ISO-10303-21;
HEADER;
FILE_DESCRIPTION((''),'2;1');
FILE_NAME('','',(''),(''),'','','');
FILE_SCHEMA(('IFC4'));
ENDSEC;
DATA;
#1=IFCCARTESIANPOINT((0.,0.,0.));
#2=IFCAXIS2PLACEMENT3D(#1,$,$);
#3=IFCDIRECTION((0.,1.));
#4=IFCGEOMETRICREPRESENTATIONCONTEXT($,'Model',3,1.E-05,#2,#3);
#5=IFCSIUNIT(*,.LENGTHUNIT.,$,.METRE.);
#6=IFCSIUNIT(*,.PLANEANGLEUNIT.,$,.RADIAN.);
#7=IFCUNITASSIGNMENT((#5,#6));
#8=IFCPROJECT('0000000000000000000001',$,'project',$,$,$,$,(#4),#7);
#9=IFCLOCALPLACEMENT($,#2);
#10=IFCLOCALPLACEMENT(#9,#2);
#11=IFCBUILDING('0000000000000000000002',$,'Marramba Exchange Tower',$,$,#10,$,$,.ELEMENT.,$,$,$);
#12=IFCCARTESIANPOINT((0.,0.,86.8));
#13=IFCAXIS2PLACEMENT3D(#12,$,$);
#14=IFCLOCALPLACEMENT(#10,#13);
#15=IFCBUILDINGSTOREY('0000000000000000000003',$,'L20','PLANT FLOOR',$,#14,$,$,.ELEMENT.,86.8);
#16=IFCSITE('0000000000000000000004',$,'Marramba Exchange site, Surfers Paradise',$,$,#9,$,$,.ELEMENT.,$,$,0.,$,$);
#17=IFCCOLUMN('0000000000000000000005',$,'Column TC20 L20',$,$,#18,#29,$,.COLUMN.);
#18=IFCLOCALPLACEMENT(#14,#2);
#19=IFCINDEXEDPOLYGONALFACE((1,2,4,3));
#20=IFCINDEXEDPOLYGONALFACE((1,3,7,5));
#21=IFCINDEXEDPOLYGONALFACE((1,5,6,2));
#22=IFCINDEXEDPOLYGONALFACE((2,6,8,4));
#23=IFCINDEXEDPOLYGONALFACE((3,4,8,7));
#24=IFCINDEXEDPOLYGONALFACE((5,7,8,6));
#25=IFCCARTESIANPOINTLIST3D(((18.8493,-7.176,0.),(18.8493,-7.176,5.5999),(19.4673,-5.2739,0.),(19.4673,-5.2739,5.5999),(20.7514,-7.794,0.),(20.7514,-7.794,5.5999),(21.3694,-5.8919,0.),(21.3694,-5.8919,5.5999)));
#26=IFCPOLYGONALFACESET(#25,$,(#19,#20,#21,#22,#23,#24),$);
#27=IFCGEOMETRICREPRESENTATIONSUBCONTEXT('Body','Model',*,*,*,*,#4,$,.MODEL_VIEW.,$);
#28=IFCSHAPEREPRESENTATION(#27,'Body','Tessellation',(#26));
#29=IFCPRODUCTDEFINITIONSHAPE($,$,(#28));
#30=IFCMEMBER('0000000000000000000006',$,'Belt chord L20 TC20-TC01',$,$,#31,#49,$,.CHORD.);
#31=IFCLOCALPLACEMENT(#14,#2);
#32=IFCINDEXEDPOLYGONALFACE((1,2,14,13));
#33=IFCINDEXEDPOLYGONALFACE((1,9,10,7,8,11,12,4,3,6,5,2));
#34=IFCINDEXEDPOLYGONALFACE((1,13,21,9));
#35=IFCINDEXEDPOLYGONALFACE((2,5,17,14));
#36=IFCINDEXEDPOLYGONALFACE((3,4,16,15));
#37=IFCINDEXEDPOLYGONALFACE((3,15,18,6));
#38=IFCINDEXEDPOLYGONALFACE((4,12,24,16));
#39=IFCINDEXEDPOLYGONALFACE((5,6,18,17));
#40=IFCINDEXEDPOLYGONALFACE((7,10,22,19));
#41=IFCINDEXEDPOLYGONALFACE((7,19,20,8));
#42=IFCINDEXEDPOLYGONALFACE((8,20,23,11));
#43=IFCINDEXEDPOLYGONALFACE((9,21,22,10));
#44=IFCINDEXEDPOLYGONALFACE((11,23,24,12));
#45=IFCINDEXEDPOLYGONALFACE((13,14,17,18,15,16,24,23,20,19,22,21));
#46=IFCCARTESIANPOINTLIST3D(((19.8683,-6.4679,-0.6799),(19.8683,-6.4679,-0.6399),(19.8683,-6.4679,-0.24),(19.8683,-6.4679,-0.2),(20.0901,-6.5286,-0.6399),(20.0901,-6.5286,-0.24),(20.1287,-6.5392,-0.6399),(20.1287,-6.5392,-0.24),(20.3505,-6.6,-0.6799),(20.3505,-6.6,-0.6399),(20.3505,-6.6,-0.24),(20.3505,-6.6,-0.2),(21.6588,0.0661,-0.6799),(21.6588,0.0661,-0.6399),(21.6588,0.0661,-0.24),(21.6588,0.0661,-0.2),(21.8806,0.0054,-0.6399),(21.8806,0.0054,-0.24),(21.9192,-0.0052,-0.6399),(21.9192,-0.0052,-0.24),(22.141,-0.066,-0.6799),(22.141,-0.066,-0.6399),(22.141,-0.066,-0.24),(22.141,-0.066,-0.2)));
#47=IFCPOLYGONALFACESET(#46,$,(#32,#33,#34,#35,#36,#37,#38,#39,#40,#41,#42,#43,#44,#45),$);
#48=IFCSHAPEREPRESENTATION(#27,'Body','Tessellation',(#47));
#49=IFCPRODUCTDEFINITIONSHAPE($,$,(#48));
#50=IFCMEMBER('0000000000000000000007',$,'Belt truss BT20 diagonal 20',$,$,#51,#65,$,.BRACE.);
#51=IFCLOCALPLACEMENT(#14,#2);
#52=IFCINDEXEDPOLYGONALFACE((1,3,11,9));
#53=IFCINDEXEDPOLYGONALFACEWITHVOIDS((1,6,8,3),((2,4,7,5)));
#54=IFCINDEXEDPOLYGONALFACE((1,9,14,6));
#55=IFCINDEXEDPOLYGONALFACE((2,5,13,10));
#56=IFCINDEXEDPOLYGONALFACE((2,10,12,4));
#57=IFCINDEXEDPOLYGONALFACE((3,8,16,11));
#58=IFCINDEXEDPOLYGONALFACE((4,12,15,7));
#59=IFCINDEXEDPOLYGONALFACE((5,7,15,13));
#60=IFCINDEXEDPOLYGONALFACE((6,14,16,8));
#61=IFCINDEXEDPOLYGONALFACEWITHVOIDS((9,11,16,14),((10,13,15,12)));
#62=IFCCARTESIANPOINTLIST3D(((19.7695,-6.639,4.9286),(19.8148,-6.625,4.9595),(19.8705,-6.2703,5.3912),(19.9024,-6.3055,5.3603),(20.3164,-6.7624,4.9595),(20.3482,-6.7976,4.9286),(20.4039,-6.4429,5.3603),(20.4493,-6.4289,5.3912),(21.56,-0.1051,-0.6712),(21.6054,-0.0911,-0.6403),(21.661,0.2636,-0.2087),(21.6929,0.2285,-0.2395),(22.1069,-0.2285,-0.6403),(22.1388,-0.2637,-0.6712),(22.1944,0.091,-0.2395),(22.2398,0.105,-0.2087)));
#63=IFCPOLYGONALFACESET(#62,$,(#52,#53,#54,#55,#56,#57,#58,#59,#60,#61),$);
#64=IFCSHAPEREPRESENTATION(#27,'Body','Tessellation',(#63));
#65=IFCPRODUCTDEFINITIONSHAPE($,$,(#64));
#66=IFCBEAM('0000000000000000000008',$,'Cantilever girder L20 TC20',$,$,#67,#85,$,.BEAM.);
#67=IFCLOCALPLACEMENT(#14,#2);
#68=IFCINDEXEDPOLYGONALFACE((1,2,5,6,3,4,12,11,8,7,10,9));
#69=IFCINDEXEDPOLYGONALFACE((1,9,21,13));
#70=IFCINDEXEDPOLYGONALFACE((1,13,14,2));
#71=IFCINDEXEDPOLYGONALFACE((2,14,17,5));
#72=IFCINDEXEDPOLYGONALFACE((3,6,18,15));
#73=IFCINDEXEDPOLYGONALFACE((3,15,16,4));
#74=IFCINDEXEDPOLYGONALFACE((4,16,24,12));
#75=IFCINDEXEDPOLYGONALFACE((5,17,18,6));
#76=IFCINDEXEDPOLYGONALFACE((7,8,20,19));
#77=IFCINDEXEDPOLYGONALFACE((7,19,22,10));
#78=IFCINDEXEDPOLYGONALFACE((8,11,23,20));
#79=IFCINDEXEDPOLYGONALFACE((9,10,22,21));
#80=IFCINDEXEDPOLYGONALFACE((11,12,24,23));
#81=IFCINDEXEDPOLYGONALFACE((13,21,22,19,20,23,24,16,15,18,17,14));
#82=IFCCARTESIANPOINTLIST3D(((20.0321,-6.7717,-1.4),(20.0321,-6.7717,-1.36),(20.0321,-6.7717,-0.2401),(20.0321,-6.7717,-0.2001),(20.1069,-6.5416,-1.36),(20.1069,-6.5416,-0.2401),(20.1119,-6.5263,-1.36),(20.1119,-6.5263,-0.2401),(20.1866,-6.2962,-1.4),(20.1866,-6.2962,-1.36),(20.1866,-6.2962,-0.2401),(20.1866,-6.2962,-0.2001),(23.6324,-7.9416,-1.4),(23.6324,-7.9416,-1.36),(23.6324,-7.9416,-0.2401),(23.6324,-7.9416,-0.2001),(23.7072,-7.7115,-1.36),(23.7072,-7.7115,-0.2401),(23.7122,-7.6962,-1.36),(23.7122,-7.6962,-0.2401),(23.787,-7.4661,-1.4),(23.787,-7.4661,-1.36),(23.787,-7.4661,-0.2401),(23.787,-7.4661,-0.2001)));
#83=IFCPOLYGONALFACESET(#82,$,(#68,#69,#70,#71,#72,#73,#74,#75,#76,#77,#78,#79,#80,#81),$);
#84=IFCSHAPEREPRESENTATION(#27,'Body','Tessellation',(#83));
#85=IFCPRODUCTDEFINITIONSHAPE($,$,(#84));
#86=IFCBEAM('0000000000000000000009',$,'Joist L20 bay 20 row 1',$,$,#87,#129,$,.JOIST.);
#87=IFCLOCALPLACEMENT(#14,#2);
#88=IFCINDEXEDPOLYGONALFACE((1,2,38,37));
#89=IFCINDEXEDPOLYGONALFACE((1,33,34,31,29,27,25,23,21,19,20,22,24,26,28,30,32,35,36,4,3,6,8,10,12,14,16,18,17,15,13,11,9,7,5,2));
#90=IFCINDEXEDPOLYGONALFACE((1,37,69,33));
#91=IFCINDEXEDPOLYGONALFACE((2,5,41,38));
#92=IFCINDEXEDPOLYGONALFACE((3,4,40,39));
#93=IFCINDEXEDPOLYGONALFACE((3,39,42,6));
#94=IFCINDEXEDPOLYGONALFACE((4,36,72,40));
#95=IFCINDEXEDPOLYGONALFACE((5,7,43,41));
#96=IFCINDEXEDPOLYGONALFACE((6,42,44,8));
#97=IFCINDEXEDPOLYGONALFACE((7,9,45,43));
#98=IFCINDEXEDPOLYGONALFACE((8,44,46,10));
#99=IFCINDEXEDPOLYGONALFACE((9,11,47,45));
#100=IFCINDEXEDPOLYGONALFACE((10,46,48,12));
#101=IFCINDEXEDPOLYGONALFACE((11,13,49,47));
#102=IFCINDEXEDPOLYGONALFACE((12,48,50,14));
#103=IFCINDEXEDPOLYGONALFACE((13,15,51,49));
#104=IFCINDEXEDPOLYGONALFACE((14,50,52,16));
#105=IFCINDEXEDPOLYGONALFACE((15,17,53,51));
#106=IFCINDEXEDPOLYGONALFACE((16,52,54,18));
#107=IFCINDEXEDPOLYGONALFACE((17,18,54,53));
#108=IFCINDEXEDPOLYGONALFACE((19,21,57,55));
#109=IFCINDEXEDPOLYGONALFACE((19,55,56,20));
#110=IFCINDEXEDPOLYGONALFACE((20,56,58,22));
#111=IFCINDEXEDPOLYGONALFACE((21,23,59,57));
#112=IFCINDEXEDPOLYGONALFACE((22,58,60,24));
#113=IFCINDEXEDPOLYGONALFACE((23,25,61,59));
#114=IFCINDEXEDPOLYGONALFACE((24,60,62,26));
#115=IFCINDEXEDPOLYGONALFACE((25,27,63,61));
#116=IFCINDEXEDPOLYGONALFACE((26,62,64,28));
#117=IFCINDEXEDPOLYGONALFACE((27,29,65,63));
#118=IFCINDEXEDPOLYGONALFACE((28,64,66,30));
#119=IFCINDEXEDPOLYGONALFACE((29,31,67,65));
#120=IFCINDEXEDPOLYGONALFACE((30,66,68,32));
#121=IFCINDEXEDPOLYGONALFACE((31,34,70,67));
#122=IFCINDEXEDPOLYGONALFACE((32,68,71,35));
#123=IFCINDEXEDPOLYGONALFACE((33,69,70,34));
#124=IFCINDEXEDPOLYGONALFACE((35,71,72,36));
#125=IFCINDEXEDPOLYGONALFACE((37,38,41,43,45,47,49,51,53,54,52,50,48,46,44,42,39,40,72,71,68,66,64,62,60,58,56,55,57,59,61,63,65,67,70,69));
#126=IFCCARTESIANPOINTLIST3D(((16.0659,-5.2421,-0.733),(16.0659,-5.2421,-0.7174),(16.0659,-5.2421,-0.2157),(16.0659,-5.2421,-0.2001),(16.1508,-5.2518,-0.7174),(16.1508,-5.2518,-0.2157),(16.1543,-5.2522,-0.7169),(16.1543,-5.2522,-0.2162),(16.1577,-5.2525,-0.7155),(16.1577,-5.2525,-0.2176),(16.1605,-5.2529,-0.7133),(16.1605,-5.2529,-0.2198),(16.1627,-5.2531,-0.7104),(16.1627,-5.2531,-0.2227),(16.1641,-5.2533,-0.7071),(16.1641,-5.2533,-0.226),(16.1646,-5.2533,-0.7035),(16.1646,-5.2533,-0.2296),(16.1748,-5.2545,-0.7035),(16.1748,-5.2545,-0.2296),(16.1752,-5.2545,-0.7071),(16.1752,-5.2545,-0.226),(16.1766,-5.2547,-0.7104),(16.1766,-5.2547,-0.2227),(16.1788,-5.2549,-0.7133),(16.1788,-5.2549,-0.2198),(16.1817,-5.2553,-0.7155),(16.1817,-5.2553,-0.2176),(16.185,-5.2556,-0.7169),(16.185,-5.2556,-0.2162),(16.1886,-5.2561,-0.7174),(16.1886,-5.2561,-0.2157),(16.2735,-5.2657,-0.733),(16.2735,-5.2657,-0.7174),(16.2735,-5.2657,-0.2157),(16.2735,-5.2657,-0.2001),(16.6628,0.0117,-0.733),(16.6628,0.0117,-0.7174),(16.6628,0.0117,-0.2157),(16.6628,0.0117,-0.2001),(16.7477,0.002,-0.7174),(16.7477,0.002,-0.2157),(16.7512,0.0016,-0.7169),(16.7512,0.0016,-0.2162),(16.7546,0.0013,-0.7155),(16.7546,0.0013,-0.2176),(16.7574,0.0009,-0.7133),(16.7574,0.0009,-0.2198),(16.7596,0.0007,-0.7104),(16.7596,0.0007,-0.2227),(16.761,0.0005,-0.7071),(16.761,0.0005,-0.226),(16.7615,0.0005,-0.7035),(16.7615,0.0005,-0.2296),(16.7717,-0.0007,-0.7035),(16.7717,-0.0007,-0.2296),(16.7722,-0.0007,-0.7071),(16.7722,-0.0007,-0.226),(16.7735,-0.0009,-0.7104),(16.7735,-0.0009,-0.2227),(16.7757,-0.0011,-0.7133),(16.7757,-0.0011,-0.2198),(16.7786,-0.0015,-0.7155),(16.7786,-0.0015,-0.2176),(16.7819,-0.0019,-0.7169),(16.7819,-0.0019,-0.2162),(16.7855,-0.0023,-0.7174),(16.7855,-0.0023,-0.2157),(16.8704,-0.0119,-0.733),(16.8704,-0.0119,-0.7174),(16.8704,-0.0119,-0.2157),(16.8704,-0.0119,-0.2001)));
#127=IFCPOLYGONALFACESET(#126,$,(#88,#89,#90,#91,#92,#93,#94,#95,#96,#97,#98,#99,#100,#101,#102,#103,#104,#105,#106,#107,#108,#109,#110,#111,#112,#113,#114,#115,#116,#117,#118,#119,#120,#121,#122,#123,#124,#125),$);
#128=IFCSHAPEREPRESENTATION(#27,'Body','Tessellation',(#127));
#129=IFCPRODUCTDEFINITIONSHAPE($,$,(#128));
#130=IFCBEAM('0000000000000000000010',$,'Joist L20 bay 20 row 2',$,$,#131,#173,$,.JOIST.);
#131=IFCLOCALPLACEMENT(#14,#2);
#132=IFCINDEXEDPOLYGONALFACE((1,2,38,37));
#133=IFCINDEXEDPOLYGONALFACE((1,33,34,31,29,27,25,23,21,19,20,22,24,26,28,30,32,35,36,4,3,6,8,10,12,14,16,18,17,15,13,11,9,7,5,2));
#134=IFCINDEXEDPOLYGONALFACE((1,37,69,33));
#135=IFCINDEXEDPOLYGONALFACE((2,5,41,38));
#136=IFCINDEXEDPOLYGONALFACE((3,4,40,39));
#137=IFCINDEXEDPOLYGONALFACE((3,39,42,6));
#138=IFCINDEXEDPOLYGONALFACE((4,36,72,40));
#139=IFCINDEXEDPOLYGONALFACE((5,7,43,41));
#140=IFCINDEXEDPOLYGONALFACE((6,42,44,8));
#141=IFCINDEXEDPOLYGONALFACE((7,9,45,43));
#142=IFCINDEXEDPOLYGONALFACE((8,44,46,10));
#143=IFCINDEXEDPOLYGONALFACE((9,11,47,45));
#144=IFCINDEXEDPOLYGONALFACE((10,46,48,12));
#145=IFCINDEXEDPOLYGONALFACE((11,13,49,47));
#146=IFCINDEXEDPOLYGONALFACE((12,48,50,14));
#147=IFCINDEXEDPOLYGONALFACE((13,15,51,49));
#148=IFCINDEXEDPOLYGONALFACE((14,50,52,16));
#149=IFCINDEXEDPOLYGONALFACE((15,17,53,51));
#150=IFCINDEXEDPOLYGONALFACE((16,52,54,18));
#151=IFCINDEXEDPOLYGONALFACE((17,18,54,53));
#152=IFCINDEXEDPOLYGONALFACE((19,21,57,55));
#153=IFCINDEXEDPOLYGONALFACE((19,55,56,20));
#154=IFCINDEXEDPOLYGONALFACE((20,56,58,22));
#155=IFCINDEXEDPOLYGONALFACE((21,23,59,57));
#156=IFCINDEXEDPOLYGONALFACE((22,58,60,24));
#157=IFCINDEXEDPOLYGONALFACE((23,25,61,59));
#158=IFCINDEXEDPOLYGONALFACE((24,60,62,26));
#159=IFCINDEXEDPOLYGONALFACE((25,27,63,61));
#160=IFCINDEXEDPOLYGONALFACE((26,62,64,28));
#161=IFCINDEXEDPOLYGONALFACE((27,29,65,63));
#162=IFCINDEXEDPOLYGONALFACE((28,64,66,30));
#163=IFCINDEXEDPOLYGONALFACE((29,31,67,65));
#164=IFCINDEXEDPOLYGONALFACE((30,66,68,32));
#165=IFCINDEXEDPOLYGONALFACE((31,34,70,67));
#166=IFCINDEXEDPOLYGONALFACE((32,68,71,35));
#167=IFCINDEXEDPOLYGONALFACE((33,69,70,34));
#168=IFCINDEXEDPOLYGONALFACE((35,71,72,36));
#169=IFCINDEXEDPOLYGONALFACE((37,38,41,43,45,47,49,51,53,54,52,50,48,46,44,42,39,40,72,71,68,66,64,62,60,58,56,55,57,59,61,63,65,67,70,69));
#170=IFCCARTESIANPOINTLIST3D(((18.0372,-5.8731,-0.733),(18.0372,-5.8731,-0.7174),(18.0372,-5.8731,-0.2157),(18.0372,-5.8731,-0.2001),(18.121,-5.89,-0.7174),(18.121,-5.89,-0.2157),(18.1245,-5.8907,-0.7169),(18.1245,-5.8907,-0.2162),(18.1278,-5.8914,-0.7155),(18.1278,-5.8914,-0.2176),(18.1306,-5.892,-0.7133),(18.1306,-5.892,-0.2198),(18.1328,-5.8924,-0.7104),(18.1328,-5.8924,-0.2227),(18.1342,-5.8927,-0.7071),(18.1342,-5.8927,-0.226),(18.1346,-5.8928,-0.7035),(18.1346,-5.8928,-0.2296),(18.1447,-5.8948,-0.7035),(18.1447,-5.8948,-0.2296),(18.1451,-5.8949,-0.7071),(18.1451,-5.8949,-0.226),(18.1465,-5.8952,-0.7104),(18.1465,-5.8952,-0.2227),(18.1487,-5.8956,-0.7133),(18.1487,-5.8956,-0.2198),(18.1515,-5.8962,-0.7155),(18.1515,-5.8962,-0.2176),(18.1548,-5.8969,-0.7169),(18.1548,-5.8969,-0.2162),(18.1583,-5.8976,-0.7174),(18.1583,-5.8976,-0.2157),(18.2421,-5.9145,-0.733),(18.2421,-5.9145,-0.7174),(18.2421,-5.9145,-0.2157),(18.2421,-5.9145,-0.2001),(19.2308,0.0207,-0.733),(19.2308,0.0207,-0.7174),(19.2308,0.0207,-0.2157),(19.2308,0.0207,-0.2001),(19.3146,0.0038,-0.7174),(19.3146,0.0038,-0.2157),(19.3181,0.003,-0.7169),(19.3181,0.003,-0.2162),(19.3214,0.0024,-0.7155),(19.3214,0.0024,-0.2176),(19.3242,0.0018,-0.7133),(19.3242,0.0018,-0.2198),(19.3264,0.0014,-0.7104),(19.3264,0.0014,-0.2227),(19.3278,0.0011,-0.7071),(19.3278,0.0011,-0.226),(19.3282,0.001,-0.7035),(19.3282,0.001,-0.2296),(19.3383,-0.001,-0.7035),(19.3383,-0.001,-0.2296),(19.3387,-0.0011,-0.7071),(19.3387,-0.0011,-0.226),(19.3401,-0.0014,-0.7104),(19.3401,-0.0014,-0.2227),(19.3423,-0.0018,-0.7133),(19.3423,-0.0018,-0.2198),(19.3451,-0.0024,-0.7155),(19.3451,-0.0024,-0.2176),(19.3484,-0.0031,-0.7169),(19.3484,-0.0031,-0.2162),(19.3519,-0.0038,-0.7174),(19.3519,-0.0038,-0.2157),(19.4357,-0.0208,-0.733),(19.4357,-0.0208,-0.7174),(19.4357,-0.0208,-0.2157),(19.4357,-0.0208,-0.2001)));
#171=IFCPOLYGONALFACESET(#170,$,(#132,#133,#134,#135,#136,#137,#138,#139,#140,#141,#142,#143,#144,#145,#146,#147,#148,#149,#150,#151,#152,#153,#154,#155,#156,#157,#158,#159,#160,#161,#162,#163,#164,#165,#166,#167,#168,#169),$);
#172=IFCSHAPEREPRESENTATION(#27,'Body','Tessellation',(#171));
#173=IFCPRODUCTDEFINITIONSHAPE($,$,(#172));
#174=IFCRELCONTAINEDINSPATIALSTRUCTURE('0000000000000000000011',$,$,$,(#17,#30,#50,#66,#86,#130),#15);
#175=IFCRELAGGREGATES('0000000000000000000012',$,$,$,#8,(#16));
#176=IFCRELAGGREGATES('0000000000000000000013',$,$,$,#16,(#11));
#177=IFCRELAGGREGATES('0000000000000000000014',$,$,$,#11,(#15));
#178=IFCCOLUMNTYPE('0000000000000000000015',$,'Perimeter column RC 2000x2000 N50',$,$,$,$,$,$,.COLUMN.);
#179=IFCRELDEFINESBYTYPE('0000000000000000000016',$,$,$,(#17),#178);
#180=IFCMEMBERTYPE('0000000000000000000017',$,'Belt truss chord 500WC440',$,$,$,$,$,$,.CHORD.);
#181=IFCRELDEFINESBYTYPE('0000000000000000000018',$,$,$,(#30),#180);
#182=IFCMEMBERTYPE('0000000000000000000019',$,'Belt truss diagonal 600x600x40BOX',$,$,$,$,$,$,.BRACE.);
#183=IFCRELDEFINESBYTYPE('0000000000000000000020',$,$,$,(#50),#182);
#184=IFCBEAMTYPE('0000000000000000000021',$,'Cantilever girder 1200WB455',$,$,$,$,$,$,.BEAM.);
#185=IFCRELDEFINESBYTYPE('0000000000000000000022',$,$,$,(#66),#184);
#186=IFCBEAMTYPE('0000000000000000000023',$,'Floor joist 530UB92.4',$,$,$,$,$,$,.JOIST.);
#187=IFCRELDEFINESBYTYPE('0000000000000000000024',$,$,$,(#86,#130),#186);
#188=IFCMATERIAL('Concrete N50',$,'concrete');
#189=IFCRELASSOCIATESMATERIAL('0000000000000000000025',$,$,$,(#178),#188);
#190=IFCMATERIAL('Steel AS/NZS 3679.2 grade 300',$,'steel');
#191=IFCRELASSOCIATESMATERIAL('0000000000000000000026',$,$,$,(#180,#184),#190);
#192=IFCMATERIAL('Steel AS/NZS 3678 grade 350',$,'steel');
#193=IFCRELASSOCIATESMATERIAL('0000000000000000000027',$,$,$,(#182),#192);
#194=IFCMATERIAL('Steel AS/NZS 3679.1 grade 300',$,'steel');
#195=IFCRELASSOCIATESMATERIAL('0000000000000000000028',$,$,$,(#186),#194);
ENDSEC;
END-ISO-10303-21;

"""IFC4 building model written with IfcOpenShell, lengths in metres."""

from ifc_helpers import new_model, si_unit, direction, frame, origin, origin_2d, place, context, subcontext, project, spatial, rectangle, hollow_rectangle, i_section, extrude, material, material_profile, profile_set, type_object, element, save


model = new_model("IFC4")

# Units and contexts
model_context = context("Model", 3, precision=1e-05, world=origin(), true_north=direction((0.0, 1.0)))
body_context = subcontext(model_context, "Body", "Model", "MODEL_VIEW")
ifc_project = project(units=[si_unit("LENGTHUNIT", "METRE"), si_unit("PLANEANGLEUNIT", "RADIAN")], contexts=[model_context])

# Site, building, storey
site_placement = place(None, origin())
site = spatial("IfcSite", under=ifc_project, at=site_placement, Name="Marramba Exchange site, Surfers Paradise", CompositionType="ELEMENT", RefElevation=0.0)
building_placement = place(site_placement, origin())
building = spatial("IfcBuilding", under=site, at=building_placement, Name="Marramba Exchange Tower", CompositionType="ELEMENT")
storey_placement = place(building_placement, frame((0.0, 0.0, 86.8)))
storey = spatial("IfcBuildingStorey", under=building, at=storey_placement, Name="L20", Description="PLANT FLOOR", CompositionType="ELEMENT", Elevation=86.8)

# Column
ifc_material_1 = material(Name="Concrete N50", Category="concrete")
ifc_material_profile_1 = material_profile(ifc_material_1, rectangle(XDim=2.0, YDim=2.0, at=origin_2d()), Name="RC 2000x2000")
ifc_profile_set_1 = profile_set([ifc_material_profile_1], Name="Concrete N50")
column_type = type_object("IfcColumnType", Name="Perimeter column RC 2000x2000 N50", PredefinedType="COLUMN", material=ifc_profile_set_1)
column_placement = place(storey_placement, frame((20.1094, -6.5339, 0.0), z_axis=(0.0, 0.0, 1.0), x_axis=(0.951057, -0.309017, 0.0)))
element("IfcColumn", 1, at=column_placement, inside=storey, type_object=column_type, Name="Column TC20 L20", PredefinedType="COLUMN", context=body_context, shape_type="SweptSolid", body=[
    extrude(rectangle(XDim=2.0, YDim=2.0, at=origin_2d()), origin(), (0.0, 0.0, 1.0), 5.5999),
])

# Members
ifc_material_2 = material(Name="Steel AS/NZS 3679.2 grade 300", Category="steel")
ifc_material_profile_2 = material_profile(ifc_material_2, i_section(OverallWidth=0.5, OverallDepth=0.48, WebThickness=0.04, FlangeThickness=0.04, at=origin_2d()), Name="500WC440")
ifc_profile_set_2 = profile_set([ifc_material_profile_2], Name="Steel AS/NZS 3679.2 grade 300")
member_type_1 = type_object("IfcMemberType", Name="Belt truss chord 500WC440", PredefinedType="CHORD", material=ifc_profile_set_2)
member_1_placement = place(storey_placement, frame((20.1094, -6.5339, -0.4399), z_axis=(0.264291, 0.964443, 0.0), x_axis=(-0.964443, 0.264291, 0.0)))
element("IfcMember", 2, at=member_1_placement, inside=storey, type_object=member_type_1, Name="Belt chord L20 TC20-TC01", PredefinedType="CHORD", context=body_context, shape_type="SweptSolid", body=[
    extrude(i_section(OverallWidth=0.5, OverallDepth=0.48, WebThickness=0.04, FlangeThickness=0.04, at=origin_2d()), origin(), (0.0, 0.0, 1.0), 6.7749),
])
ifc_material_3 = material(Name="Steel AS/NZS 3678 grade 350", Category="steel")
ifc_material_profile_3 = material_profile(ifc_material_3, hollow_rectangle(XDim=0.6001, YDim=0.6001, WallThickness=0.04, at=origin_2d()), Name="600x600x40BOX")
ifc_profile_set_3 = profile_set([ifc_material_profile_3], Name="Steel AS/NZS 3678 grade 350")
member_type_2 = type_object("IfcMemberType", Name="Belt truss diagonal 600x600x40BOX", PredefinedType="BRACE", material=ifc_profile_set_3)
member_2_placement = place(storey_placement, frame((20.1094, -6.5339, 5.1599), z_axis=(0.20371, 0.743373, -0.637102), x_axis=(-0.964443, 0.264291, 0.0)))
element("IfcMember", 3, at=member_2_placement, inside=storey, type_object=member_type_2, Name="Belt truss BT20 diagonal 20", PredefinedType="BRACE", context=body_context, shape_type="SweptSolid", body=[
    extrude(hollow_rectangle(XDim=0.6001, YDim=0.6001, WallThickness=0.04, at=origin_2d()), origin(), (0.0, 0.0, 1.0), 8.7896),
])

# Beams
ifc_material_profile_4 = material_profile(ifc_material_2, i_section(OverallWidth=0.5, OverallDepth=1.2, WebThickness=0.0161, FlangeThickness=0.04, at=origin_2d()), Name="1200WB455")
ifc_profile_set_4 = profile_set([ifc_material_profile_4], Name="Steel AS/NZS 3679.2 grade 300")
beam_type_1 = type_object("IfcBeamType", Name="Cantilever girder 1200WB455", PredefinedType="BEAM", material=ifc_profile_set_4)
beam_1_placement = place(storey_placement, frame((20.1094, -6.5339, -0.8), z_axis=(0.951049, -0.309041, 0.0), x_axis=(0.309041, 0.951049, 0.0)))
element("IfcBeam", 4, at=beam_1_placement, inside=storey, type_object=beam_type_1, Name="Cantilever girder L20 TC20", PredefinedType="BEAM", context=body_context, shape_type="SweptSolid", body=[
    extrude(i_section(OverallWidth=0.5, OverallDepth=1.2, WebThickness=0.0161, FlangeThickness=0.04, at=origin_2d()), origin(), (0.0, 0.0, 1.0), 3.7856),
])
ifc_material_4 = material(Name="Steel AS/NZS 3679.1 grade 300", Category="steel")
ifc_material_profile_5 = material_profile(ifc_material_4, i_section(OverallWidth=0.209, OverallDepth=0.533, WebThickness=0.0103, FlangeThickness=0.0156, FilletRadius=0.0139, at=origin_2d()), Name="530UB92.4")
ifc_profile_set_5 = profile_set([ifc_material_profile_5], Name="Steel AS/NZS 3679.1 grade 300")
beam_type_2 = type_object("IfcBeamType", Name="Floor joist 530UB92.4", PredefinedType="JOIST", material=ifc_profile_set_5)
beam_2_placement = place(storey_placement, frame((16.1697, -5.2539, -0.4666), z_axis=(0.112889, 0.993608, 0.0), x_axis=(-0.993608, 0.112889, 0.0)))
element("IfcBeam", 5, at=beam_2_placement, inside=storey, type_object=beam_type_2, Name="Joist L20 bay 20 row 1", PredefinedType="JOIST", context=body_context, shape_type="SweptSolid", body=[
    extrude(i_section(OverallWidth=0.209, OverallDepth=0.533, WebThickness=0.0103, FlangeThickness=0.0156, FilletRadius=0.0139, at=origin_2d()), origin(), (0.0, 0.0, 1.0), 5.2876),
])
beam_3_placement = place(storey_placement, frame((18.1396, -5.8938, -0.4666), z_axis=(0.198489, 0.980103, 0.0), x_axis=(-0.980103, 0.198489, 0.0)))
element("IfcBeam", 6, at=beam_3_placement, inside=storey, type_object=beam_type_2, Name="Joist L20 bay 20 row 2", PredefinedType="JOIST", context=body_context, shape_type="SweptSolid", body=[
    extrude(i_section(OverallWidth=0.209, OverallDepth=0.533, WebThickness=0.0103, FlangeThickness=0.0156, FilletRadius=0.0139, at=origin_2d()), origin(), (0.0, 0.0, 1.0), 6.0134),
])

save(model, "model.ifc")
